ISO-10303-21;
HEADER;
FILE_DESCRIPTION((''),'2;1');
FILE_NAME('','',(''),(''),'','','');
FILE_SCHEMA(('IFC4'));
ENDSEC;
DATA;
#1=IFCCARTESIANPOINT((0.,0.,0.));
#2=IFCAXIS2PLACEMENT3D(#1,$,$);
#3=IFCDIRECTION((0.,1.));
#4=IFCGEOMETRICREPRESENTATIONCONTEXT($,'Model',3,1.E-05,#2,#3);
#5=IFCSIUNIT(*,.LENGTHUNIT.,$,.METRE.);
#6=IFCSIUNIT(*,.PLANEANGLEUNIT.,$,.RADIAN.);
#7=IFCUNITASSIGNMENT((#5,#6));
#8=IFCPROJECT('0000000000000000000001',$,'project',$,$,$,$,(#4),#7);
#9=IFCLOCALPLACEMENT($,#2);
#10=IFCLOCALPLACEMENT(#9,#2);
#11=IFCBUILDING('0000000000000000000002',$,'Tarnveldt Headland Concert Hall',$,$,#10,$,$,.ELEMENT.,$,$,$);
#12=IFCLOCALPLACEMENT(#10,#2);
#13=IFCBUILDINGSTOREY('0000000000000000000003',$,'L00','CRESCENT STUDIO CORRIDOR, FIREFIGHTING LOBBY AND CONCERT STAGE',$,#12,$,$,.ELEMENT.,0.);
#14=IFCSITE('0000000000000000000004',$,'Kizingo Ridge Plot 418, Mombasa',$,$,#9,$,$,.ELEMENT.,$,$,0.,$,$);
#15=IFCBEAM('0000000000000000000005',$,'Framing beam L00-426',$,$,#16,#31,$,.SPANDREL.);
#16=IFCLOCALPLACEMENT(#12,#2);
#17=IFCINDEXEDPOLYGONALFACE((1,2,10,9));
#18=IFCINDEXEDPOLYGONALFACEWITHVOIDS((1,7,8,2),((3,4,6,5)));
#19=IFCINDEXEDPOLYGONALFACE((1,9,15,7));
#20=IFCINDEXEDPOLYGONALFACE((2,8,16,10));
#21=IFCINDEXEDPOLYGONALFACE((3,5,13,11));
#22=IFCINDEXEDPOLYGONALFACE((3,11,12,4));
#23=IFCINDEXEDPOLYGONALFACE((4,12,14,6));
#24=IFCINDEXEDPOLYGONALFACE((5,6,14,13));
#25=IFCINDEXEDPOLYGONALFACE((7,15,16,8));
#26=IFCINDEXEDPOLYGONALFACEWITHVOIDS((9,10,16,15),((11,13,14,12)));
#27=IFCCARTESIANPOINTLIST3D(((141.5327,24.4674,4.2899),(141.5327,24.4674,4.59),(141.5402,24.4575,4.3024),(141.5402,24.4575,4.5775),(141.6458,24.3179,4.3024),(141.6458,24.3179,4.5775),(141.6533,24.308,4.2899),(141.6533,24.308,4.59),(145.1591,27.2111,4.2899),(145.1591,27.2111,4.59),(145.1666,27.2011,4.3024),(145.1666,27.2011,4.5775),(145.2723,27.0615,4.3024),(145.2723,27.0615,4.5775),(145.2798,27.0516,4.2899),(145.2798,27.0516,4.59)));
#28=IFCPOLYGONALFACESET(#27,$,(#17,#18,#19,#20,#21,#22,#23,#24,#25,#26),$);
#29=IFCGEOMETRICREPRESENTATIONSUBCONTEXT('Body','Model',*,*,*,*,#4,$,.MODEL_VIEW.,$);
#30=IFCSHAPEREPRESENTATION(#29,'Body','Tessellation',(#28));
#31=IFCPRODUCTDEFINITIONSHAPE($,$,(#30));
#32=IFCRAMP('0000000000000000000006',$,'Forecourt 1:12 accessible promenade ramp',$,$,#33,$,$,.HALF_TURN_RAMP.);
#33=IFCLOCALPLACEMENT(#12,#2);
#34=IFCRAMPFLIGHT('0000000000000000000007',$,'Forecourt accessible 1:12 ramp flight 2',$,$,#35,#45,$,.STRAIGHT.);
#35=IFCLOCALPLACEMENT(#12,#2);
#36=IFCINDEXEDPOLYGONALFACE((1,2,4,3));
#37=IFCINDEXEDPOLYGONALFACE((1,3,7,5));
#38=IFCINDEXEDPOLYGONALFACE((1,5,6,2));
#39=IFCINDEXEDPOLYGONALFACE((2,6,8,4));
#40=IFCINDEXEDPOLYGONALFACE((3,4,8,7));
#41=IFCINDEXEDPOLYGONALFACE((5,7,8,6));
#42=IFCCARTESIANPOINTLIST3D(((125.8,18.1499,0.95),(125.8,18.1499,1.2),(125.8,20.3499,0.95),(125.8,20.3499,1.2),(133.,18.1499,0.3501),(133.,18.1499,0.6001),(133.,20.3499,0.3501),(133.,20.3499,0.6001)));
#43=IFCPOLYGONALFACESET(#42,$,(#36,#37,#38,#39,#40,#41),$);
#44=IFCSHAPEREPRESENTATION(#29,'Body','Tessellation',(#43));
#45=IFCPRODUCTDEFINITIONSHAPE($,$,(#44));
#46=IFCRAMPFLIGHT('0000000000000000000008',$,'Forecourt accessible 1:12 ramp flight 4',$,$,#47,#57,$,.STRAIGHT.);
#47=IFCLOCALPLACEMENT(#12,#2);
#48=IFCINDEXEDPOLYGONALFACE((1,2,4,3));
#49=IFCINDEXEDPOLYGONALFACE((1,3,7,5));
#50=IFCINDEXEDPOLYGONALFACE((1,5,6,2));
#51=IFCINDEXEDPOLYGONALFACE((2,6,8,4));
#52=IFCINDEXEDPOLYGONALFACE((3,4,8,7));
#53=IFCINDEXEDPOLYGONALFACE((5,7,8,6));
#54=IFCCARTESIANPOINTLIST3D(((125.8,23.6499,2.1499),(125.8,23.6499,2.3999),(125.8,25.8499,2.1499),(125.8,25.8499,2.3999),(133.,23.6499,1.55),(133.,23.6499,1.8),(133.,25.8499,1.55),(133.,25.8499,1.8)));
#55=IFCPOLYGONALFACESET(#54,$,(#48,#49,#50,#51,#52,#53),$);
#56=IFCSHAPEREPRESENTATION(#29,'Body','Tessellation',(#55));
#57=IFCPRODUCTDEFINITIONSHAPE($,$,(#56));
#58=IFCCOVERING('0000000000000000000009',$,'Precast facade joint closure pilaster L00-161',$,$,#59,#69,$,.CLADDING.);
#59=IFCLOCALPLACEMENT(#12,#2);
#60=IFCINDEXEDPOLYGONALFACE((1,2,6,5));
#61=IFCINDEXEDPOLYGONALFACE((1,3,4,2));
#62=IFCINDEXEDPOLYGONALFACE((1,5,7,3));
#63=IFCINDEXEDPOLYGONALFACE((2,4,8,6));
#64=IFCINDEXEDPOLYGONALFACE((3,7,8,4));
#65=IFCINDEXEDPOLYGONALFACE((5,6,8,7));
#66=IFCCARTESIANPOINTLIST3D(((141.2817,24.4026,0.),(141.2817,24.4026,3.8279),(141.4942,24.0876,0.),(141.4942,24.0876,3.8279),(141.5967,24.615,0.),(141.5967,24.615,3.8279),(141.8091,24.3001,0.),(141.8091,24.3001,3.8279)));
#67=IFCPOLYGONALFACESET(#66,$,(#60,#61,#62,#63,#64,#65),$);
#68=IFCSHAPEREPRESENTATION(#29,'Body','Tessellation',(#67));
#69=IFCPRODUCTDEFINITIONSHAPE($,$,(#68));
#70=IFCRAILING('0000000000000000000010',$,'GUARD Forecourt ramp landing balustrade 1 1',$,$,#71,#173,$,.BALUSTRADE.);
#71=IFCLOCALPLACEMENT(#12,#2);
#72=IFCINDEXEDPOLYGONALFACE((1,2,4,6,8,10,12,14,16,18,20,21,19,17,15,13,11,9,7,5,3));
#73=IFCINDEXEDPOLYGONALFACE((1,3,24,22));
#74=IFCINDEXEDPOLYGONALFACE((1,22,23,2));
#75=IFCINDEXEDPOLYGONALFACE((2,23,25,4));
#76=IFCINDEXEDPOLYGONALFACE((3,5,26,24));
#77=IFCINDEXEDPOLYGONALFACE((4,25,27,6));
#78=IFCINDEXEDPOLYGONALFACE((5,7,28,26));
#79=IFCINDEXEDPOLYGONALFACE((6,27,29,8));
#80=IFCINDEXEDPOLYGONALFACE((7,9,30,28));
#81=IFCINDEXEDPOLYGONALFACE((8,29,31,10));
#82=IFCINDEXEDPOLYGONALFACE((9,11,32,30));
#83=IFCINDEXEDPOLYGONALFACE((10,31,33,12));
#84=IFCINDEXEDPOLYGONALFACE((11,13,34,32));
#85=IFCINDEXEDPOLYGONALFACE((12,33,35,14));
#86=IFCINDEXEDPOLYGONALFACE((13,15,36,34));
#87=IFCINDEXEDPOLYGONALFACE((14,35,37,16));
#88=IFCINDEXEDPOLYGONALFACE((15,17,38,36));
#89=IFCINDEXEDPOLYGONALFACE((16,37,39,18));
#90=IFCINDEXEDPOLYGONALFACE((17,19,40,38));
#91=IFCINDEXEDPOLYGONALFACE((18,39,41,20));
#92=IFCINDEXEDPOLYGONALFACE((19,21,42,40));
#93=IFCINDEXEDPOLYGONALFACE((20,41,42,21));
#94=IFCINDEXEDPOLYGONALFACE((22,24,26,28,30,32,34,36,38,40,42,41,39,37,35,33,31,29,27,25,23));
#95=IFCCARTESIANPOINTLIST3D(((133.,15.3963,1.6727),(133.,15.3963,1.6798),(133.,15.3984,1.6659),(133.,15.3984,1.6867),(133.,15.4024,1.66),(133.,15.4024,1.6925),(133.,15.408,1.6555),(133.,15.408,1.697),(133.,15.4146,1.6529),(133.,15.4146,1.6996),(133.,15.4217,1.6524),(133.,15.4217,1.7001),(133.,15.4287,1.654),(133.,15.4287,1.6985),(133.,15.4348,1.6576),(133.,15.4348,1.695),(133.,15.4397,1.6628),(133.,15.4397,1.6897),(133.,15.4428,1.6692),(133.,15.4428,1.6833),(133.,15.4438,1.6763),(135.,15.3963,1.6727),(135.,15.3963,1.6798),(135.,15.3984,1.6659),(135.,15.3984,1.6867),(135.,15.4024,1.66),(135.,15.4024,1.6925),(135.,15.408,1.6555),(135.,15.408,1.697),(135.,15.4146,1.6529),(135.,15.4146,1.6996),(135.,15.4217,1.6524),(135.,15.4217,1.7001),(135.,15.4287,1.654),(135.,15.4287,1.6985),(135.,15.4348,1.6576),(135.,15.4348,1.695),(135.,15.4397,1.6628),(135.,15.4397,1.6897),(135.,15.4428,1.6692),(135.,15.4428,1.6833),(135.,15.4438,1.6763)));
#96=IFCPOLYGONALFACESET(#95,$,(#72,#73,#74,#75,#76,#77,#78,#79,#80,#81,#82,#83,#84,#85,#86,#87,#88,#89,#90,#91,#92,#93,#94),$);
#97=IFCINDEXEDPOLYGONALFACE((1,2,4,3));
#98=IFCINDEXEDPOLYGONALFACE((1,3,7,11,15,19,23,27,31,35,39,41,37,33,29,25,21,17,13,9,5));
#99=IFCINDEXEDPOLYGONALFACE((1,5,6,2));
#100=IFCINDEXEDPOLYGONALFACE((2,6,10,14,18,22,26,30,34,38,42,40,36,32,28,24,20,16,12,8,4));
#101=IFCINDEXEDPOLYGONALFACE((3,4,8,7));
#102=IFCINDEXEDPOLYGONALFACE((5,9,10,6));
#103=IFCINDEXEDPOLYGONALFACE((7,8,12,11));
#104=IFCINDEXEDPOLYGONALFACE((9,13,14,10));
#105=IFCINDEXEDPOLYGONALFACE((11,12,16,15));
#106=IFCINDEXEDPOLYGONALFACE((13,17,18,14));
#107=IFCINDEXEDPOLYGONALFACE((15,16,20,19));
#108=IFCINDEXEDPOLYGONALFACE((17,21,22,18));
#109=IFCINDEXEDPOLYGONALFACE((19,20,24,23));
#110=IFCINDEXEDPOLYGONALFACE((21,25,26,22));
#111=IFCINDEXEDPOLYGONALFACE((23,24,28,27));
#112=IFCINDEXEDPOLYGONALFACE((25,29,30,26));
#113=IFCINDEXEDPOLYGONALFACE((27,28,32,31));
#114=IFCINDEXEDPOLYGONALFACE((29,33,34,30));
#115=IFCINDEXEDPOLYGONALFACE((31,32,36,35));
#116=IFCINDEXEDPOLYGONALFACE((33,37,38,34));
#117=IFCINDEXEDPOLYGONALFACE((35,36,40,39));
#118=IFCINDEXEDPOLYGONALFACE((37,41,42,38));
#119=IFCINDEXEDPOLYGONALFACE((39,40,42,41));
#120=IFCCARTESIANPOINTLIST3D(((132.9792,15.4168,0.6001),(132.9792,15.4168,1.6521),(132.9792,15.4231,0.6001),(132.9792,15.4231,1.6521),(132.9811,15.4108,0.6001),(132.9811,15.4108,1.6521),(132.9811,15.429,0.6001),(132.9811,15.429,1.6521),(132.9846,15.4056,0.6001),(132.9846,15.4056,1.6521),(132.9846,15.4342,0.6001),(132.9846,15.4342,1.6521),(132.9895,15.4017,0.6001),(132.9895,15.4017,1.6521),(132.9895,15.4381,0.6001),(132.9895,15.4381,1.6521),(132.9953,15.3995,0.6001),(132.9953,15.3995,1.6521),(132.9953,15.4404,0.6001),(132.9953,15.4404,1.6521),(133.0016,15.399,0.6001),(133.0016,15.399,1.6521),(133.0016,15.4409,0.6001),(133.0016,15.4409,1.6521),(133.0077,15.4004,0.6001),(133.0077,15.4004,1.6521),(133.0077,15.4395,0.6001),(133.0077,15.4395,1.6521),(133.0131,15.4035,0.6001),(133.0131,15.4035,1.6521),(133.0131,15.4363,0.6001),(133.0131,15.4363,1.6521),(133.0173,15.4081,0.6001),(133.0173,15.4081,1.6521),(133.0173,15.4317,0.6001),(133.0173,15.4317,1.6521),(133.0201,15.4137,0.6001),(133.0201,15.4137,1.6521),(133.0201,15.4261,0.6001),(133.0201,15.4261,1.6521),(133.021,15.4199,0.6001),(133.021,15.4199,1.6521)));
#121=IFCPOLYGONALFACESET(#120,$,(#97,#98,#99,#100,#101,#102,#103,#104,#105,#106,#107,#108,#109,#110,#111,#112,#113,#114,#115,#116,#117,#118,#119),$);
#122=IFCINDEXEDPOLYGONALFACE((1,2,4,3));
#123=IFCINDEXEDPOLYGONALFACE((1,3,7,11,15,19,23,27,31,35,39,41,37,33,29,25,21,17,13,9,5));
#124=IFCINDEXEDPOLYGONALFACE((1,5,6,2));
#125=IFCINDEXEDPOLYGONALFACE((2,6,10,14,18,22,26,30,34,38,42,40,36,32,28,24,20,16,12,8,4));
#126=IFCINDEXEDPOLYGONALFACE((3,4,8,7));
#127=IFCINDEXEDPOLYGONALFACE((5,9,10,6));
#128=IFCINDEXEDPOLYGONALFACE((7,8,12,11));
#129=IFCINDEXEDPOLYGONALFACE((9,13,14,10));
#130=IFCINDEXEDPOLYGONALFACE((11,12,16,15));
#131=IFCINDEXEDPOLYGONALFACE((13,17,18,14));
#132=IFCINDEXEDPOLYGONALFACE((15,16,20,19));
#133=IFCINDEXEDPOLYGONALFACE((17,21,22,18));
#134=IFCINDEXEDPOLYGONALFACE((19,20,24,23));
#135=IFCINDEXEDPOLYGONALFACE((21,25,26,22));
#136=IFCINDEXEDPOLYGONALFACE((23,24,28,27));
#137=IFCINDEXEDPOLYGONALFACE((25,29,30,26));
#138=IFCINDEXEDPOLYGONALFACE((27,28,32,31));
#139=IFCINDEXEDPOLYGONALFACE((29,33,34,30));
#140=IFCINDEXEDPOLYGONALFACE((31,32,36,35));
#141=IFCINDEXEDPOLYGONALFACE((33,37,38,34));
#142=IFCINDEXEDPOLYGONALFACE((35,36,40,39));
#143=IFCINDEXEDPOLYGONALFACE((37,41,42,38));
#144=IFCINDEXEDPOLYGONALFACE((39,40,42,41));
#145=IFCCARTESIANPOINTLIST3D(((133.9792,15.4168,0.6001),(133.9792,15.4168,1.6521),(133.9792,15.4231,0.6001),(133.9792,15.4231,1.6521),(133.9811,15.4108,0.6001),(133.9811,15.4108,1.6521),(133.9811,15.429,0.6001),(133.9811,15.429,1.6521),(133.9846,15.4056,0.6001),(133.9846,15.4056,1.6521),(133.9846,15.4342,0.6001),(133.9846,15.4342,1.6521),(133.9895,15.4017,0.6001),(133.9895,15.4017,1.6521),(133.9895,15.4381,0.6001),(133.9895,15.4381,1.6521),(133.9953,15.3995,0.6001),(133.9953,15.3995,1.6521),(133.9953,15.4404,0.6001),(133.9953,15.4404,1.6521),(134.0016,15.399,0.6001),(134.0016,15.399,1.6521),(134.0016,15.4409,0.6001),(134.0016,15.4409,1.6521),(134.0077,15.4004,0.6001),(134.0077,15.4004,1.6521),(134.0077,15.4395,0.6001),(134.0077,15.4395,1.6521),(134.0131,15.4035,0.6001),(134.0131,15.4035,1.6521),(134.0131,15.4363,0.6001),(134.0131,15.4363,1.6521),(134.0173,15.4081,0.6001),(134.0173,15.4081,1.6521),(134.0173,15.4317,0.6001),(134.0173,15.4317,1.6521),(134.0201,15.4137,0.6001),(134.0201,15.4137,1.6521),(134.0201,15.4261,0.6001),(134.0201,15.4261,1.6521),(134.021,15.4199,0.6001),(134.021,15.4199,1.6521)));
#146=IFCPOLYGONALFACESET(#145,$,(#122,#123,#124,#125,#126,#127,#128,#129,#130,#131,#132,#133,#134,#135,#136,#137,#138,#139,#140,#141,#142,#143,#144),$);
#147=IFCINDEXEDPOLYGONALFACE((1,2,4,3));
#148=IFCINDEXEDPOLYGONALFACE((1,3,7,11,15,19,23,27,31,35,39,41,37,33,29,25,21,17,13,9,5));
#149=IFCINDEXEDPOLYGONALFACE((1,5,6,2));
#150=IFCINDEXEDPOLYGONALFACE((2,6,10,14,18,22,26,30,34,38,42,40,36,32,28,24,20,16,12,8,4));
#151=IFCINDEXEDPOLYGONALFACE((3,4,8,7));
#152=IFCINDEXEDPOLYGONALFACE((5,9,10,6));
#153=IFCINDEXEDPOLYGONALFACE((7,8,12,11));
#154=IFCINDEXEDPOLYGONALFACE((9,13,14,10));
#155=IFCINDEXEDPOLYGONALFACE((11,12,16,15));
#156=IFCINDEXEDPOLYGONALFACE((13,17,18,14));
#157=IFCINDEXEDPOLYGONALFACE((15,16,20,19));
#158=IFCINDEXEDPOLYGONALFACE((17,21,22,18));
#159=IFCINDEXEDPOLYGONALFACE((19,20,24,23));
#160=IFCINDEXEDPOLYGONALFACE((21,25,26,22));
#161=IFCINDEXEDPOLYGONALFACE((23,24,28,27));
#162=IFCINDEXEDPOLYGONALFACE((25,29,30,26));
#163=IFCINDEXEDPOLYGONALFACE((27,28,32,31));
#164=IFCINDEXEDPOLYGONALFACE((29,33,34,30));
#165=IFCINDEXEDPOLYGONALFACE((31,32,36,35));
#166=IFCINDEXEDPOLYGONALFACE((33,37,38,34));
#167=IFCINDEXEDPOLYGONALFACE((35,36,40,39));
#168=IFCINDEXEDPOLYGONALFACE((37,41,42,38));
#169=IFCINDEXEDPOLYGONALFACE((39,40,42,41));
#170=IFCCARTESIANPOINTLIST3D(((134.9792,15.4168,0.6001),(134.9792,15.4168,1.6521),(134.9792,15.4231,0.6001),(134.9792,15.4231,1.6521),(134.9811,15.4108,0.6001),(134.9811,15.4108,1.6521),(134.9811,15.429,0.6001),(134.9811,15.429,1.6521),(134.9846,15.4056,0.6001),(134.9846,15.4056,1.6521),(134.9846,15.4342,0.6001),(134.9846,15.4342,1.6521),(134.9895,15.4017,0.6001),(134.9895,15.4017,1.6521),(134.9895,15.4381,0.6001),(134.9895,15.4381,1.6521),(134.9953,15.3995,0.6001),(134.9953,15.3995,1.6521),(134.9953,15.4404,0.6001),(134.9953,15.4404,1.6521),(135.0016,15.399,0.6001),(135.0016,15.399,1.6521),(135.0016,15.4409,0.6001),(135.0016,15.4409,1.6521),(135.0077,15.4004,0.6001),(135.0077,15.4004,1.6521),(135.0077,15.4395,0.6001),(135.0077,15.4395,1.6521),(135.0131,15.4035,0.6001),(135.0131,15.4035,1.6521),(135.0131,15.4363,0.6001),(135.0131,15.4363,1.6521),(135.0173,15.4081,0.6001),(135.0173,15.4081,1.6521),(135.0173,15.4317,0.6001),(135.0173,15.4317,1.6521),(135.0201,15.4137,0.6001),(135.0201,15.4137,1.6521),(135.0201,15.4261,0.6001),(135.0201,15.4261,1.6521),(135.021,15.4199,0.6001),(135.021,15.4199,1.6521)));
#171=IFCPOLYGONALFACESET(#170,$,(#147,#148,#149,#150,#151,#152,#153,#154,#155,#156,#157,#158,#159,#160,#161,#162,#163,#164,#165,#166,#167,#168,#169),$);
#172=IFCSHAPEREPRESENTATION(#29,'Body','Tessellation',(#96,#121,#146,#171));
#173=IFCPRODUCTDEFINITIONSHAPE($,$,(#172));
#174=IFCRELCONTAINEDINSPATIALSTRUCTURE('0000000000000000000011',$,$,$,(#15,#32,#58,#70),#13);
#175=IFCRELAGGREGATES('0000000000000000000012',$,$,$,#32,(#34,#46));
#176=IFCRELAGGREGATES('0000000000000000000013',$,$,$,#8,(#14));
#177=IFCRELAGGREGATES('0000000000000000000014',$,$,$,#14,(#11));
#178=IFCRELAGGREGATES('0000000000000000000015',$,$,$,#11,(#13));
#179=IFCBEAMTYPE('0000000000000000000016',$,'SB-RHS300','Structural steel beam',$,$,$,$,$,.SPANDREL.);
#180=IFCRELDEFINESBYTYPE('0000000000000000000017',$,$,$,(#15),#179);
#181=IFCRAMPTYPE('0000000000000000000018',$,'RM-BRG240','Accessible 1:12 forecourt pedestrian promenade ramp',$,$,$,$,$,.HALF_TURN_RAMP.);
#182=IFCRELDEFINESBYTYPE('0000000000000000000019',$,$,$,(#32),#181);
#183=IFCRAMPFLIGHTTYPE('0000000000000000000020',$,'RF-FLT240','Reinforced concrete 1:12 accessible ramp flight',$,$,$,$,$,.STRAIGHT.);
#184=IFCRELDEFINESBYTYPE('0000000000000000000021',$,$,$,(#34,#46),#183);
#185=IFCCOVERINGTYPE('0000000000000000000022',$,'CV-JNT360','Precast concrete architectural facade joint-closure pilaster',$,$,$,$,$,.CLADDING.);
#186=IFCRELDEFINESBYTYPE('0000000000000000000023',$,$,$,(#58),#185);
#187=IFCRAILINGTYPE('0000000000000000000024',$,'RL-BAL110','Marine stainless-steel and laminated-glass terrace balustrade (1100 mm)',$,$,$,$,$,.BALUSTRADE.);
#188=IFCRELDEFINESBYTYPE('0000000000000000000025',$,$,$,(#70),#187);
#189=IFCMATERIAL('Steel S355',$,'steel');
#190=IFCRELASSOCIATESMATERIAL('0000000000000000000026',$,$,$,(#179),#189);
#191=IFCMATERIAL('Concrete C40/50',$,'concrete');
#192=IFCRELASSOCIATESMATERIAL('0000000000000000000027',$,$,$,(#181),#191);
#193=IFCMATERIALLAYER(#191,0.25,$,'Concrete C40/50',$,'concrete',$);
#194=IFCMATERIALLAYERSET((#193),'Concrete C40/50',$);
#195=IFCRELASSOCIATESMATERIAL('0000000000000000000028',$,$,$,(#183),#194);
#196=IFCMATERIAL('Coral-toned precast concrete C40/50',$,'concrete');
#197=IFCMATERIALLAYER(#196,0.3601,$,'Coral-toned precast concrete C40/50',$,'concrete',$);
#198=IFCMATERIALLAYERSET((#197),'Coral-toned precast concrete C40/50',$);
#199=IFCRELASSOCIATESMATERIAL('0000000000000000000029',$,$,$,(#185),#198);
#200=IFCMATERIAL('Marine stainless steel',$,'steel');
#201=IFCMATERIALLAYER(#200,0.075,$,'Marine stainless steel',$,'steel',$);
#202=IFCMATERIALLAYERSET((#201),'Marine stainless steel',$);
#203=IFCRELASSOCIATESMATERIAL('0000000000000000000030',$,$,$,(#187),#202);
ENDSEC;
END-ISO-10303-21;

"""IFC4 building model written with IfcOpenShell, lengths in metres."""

from ifc_helpers import new_model, si_unit, direction, frame, origin, origin_2d, place, context, subcontext, project, spatial, polyline, rectangle, hollow_rectangle, circle, outline, extrude, material, layer, layer_set, material_profile, profile_set, type_object, element, aggregate, save


model = new_model("IFC4")

# Units and contexts
model_context = context("Model", 3, precision=1e-05, world=origin(), true_north=direction((0.0, 1.0)))
body_context = subcontext(model_context, "Body", "Model", "MODEL_VIEW")
ifc_project = project(units=[si_unit("LENGTHUNIT", "METRE"), si_unit("PLANEANGLEUNIT", "RADIAN")], contexts=[model_context])

# Site, building, storey
site_placement = place(None, origin())
site = spatial("IfcSite", under=ifc_project, at=site_placement, Name="Kizingo Ridge Plot 418, Mombasa", CompositionType="ELEMENT", RefElevation=0.0)
building_placement = place(site_placement, origin())
building = spatial("IfcBuilding", under=site, at=building_placement, Name="Tarnveldt Headland Concert Hall", CompositionType="ELEMENT")
storey_placement = place(building_placement, origin())
storey = spatial("IfcBuildingStorey", under=building, at=storey_placement, Name="L00", Description="CRESCENT STUDIO CORRIDOR, FIREFIGHTING LOBBY AND CONCERT STAGE", CompositionType="ELEMENT", Elevation=0.0)

# Shared definitions
ifc_material_1 = material(Name="Concrete C40/50", Category="concrete")
ifc_material_2 = material(Name="Steel S355", Category="steel")

# Beam
ifc_material_profile_1 = material_profile(ifc_material_2, hollow_rectangle(XDim=0.2, YDim=0.3, WallThickness=0.0125, at=origin_2d()), Name="RHS 300x200x12.5", Category="steel")
ifc_profile_set_1 = profile_set([ifc_material_profile_1], Name="Steel S355")
beam_type_1 = type_object("IfcBeamType", Name="SB-RHS300", Description="Structural steel beam", PredefinedType="SPANDREL", material=ifc_profile_set_1)
beam_1_placement = place(storey_placement, frame((141.593, 24.3877, 4.4399), z_axis=(0.79748, 0.603345, 0.0), x_axis=(-0.603345, 0.79748, 0.0)))
element("IfcBeam", 1, at=beam_1_placement, inside=storey, type_object=beam_type_1, Name="Framing beam L00-426", PredefinedType="SPANDREL", context=body_context, shape_type="SweptSolid", body=[
    extrude(hollow_rectangle(XDim=0.2, YDim=0.3, WallThickness=0.0125, at=origin_2d()), origin(), (0.0, 0.0, 1.0), 4.5474),
])

# Ramp, ramp flights
ramp_type = type_object("IfcRampType", Name="RM-BRG240", Description="Accessible 1:12 forecourt pedestrian promenade ramp", PredefinedType="HALF_TURN_RAMP", material=ifc_material_1)
ramp_placement = place(storey_placement, origin())
ramp = element("IfcRamp", 2, at=ramp_placement, inside=storey, type_object=ramp_type, Name="Forecourt 1:12 accessible promenade ramp", PredefinedType="HALF_TURN_RAMP")
ifc_layer_1 = layer(ifc_material_1, 0.25, Name="Concrete C40/50", Category="concrete")
ifc_layer_set_1 = layer_set([ifc_layer_1], Name="Concrete C40/50")
ramp_flight_type = type_object("IfcRampFlightType", Name="RF-FLT240", Description="Reinforced concrete 1:12 accessible ramp flight", PredefinedType="STRAIGHT", material=ifc_layer_set_1)
ramp_flight_1_placement = place(storey_placement, frame((133.0, 19.25, 0.6001), z_axis=(0.0, 0.0, 1.0), x_axis=(-1.0, 0.0, 0.0)))
ramp_flight_1 = element("IfcRampFlight", 3, at=ramp_flight_1_placement, type_object=ramp_flight_type, Name="Forecourt accessible 1:12 ramp flight 2", PredefinedType="STRAIGHT", context=body_context, shape_type="SweptSolid", body=[
    extrude(outline(polyline([(0.0, 0.0), (7.2, 0.5999), (7.2, 0.3499), (0.0, -0.25), (0.0, 0.0)])), frame((0.0, 1.1001, 0.0), z_axis=(0.0, -1.0, 0.0), x_axis=(1.0, 0.0, 0.0)), (0.0, 0.0, 1.0), 2.2),
])
ramp_flight_2_placement = place(storey_placement, frame((133.0, 24.75, 1.8), z_axis=(0.0, 0.0, 1.0), x_axis=(-1.0, 0.0, 0.0)))
ramp_flight_2 = element("IfcRampFlight", 4, at=ramp_flight_2_placement, type_object=ramp_flight_type, Name="Forecourt accessible 1:12 ramp flight 4", PredefinedType="STRAIGHT", context=body_context, shape_type="SweptSolid", body=[
    extrude(outline(polyline([(0.0, 0.0), (7.2, 0.5999), (7.2, 0.3499), (0.0, -0.25), (0.0, 0.0)])), frame((0.0, 1.1001, 0.0), z_axis=(0.0, -1.0, 0.0), x_axis=(1.0, 0.0, 0.0)), (0.0, 0.0, 1.0), 2.2),
])
aggregate(ramp, [ramp_flight_1, ramp_flight_2])

# Covering
ifc_material_3 = material(Name="Coral-toned precast concrete C40/50", Category="concrete")
ifc_layer_2 = layer(ifc_material_3, 0.3601, Name="Coral-toned precast concrete C40/50", Category="concrete")
ifc_layer_set_2 = layer_set([ifc_layer_2], Name="Coral-toned precast concrete C40/50")
covering_type = type_object("IfcCoveringType", Name="CV-JNT360", Description="Precast concrete architectural facade joint-closure pilaster", PredefinedType="CLADDING", material=ifc_layer_set_2)
covering_placement = place(storey_placement, frame((141.5454, 24.3513, 0.0), z_axis=(0.0, 0.0, 1.0), x_axis=(-0.559193, 0.829038, 0.0)))
element("IfcCovering", 5, at=covering_placement, inside=storey, type_object=covering_type, Name="Precast facade joint closure pilaster L00-161", PredefinedType="CLADDING", context=body_context, shape_type="SweptSolid", body=[
    extrude(rectangle(XDim=0.3799, YDim=0.3799, at=origin_2d()), origin(), (0.0, 0.0, 1.0), 3.8279),
])

# Railing
ifc_material_4 = material(Name="Marine stainless steel", Category="steel")
ifc_layer_3 = layer(ifc_material_4, 0.075, Name="Marine stainless steel", Category="steel")
ifc_layer_set_3 = layer_set([ifc_layer_3], Name="Marine stainless steel")
railing_type = type_object("IfcRailingType", Name="RL-BAL110", Description="Marine stainless-steel and laminated-glass terrace balustrade (1100 mm)", PredefinedType="BALUSTRADE", material=ifc_layer_set_3)
railing_1_placement = place(storey_placement, frame((133.0, 15.4199, 0.6001)))
element("IfcRailing", 6, at=railing_1_placement, inside=storey, type_object=railing_type, Name="GUARD Forecourt ramp landing balustrade 1 1", PredefinedType="BALUSTRADE", context=body_context, shape_type="SweptSolid", body=[
    extrude(circle(Radius=0.0239, at=origin_2d()), frame((0.0, 0.0, 1.0762), z_axis=(1.0, 0.0, 0.0), x_axis=(0.0, 1.0, 0.0)), (0.0, 0.0, 1.0), 2.0),
    extrude(circle(Radius=0.021, at=origin_2d()), origin(), (0.0, 0.0, 1.0), 1.052),
    extrude(circle(Radius=0.021, at=origin_2d()), frame((1.0, 0.0, 0.0)), (0.0, 0.0, 1.0), 1.052),
    extrude(circle(Radius=0.021, at=origin_2d()), frame((2.0, 0.0, 0.0)), (0.0, 0.0, 1.0), 1.052),
])

save(model, "model.ifc")
